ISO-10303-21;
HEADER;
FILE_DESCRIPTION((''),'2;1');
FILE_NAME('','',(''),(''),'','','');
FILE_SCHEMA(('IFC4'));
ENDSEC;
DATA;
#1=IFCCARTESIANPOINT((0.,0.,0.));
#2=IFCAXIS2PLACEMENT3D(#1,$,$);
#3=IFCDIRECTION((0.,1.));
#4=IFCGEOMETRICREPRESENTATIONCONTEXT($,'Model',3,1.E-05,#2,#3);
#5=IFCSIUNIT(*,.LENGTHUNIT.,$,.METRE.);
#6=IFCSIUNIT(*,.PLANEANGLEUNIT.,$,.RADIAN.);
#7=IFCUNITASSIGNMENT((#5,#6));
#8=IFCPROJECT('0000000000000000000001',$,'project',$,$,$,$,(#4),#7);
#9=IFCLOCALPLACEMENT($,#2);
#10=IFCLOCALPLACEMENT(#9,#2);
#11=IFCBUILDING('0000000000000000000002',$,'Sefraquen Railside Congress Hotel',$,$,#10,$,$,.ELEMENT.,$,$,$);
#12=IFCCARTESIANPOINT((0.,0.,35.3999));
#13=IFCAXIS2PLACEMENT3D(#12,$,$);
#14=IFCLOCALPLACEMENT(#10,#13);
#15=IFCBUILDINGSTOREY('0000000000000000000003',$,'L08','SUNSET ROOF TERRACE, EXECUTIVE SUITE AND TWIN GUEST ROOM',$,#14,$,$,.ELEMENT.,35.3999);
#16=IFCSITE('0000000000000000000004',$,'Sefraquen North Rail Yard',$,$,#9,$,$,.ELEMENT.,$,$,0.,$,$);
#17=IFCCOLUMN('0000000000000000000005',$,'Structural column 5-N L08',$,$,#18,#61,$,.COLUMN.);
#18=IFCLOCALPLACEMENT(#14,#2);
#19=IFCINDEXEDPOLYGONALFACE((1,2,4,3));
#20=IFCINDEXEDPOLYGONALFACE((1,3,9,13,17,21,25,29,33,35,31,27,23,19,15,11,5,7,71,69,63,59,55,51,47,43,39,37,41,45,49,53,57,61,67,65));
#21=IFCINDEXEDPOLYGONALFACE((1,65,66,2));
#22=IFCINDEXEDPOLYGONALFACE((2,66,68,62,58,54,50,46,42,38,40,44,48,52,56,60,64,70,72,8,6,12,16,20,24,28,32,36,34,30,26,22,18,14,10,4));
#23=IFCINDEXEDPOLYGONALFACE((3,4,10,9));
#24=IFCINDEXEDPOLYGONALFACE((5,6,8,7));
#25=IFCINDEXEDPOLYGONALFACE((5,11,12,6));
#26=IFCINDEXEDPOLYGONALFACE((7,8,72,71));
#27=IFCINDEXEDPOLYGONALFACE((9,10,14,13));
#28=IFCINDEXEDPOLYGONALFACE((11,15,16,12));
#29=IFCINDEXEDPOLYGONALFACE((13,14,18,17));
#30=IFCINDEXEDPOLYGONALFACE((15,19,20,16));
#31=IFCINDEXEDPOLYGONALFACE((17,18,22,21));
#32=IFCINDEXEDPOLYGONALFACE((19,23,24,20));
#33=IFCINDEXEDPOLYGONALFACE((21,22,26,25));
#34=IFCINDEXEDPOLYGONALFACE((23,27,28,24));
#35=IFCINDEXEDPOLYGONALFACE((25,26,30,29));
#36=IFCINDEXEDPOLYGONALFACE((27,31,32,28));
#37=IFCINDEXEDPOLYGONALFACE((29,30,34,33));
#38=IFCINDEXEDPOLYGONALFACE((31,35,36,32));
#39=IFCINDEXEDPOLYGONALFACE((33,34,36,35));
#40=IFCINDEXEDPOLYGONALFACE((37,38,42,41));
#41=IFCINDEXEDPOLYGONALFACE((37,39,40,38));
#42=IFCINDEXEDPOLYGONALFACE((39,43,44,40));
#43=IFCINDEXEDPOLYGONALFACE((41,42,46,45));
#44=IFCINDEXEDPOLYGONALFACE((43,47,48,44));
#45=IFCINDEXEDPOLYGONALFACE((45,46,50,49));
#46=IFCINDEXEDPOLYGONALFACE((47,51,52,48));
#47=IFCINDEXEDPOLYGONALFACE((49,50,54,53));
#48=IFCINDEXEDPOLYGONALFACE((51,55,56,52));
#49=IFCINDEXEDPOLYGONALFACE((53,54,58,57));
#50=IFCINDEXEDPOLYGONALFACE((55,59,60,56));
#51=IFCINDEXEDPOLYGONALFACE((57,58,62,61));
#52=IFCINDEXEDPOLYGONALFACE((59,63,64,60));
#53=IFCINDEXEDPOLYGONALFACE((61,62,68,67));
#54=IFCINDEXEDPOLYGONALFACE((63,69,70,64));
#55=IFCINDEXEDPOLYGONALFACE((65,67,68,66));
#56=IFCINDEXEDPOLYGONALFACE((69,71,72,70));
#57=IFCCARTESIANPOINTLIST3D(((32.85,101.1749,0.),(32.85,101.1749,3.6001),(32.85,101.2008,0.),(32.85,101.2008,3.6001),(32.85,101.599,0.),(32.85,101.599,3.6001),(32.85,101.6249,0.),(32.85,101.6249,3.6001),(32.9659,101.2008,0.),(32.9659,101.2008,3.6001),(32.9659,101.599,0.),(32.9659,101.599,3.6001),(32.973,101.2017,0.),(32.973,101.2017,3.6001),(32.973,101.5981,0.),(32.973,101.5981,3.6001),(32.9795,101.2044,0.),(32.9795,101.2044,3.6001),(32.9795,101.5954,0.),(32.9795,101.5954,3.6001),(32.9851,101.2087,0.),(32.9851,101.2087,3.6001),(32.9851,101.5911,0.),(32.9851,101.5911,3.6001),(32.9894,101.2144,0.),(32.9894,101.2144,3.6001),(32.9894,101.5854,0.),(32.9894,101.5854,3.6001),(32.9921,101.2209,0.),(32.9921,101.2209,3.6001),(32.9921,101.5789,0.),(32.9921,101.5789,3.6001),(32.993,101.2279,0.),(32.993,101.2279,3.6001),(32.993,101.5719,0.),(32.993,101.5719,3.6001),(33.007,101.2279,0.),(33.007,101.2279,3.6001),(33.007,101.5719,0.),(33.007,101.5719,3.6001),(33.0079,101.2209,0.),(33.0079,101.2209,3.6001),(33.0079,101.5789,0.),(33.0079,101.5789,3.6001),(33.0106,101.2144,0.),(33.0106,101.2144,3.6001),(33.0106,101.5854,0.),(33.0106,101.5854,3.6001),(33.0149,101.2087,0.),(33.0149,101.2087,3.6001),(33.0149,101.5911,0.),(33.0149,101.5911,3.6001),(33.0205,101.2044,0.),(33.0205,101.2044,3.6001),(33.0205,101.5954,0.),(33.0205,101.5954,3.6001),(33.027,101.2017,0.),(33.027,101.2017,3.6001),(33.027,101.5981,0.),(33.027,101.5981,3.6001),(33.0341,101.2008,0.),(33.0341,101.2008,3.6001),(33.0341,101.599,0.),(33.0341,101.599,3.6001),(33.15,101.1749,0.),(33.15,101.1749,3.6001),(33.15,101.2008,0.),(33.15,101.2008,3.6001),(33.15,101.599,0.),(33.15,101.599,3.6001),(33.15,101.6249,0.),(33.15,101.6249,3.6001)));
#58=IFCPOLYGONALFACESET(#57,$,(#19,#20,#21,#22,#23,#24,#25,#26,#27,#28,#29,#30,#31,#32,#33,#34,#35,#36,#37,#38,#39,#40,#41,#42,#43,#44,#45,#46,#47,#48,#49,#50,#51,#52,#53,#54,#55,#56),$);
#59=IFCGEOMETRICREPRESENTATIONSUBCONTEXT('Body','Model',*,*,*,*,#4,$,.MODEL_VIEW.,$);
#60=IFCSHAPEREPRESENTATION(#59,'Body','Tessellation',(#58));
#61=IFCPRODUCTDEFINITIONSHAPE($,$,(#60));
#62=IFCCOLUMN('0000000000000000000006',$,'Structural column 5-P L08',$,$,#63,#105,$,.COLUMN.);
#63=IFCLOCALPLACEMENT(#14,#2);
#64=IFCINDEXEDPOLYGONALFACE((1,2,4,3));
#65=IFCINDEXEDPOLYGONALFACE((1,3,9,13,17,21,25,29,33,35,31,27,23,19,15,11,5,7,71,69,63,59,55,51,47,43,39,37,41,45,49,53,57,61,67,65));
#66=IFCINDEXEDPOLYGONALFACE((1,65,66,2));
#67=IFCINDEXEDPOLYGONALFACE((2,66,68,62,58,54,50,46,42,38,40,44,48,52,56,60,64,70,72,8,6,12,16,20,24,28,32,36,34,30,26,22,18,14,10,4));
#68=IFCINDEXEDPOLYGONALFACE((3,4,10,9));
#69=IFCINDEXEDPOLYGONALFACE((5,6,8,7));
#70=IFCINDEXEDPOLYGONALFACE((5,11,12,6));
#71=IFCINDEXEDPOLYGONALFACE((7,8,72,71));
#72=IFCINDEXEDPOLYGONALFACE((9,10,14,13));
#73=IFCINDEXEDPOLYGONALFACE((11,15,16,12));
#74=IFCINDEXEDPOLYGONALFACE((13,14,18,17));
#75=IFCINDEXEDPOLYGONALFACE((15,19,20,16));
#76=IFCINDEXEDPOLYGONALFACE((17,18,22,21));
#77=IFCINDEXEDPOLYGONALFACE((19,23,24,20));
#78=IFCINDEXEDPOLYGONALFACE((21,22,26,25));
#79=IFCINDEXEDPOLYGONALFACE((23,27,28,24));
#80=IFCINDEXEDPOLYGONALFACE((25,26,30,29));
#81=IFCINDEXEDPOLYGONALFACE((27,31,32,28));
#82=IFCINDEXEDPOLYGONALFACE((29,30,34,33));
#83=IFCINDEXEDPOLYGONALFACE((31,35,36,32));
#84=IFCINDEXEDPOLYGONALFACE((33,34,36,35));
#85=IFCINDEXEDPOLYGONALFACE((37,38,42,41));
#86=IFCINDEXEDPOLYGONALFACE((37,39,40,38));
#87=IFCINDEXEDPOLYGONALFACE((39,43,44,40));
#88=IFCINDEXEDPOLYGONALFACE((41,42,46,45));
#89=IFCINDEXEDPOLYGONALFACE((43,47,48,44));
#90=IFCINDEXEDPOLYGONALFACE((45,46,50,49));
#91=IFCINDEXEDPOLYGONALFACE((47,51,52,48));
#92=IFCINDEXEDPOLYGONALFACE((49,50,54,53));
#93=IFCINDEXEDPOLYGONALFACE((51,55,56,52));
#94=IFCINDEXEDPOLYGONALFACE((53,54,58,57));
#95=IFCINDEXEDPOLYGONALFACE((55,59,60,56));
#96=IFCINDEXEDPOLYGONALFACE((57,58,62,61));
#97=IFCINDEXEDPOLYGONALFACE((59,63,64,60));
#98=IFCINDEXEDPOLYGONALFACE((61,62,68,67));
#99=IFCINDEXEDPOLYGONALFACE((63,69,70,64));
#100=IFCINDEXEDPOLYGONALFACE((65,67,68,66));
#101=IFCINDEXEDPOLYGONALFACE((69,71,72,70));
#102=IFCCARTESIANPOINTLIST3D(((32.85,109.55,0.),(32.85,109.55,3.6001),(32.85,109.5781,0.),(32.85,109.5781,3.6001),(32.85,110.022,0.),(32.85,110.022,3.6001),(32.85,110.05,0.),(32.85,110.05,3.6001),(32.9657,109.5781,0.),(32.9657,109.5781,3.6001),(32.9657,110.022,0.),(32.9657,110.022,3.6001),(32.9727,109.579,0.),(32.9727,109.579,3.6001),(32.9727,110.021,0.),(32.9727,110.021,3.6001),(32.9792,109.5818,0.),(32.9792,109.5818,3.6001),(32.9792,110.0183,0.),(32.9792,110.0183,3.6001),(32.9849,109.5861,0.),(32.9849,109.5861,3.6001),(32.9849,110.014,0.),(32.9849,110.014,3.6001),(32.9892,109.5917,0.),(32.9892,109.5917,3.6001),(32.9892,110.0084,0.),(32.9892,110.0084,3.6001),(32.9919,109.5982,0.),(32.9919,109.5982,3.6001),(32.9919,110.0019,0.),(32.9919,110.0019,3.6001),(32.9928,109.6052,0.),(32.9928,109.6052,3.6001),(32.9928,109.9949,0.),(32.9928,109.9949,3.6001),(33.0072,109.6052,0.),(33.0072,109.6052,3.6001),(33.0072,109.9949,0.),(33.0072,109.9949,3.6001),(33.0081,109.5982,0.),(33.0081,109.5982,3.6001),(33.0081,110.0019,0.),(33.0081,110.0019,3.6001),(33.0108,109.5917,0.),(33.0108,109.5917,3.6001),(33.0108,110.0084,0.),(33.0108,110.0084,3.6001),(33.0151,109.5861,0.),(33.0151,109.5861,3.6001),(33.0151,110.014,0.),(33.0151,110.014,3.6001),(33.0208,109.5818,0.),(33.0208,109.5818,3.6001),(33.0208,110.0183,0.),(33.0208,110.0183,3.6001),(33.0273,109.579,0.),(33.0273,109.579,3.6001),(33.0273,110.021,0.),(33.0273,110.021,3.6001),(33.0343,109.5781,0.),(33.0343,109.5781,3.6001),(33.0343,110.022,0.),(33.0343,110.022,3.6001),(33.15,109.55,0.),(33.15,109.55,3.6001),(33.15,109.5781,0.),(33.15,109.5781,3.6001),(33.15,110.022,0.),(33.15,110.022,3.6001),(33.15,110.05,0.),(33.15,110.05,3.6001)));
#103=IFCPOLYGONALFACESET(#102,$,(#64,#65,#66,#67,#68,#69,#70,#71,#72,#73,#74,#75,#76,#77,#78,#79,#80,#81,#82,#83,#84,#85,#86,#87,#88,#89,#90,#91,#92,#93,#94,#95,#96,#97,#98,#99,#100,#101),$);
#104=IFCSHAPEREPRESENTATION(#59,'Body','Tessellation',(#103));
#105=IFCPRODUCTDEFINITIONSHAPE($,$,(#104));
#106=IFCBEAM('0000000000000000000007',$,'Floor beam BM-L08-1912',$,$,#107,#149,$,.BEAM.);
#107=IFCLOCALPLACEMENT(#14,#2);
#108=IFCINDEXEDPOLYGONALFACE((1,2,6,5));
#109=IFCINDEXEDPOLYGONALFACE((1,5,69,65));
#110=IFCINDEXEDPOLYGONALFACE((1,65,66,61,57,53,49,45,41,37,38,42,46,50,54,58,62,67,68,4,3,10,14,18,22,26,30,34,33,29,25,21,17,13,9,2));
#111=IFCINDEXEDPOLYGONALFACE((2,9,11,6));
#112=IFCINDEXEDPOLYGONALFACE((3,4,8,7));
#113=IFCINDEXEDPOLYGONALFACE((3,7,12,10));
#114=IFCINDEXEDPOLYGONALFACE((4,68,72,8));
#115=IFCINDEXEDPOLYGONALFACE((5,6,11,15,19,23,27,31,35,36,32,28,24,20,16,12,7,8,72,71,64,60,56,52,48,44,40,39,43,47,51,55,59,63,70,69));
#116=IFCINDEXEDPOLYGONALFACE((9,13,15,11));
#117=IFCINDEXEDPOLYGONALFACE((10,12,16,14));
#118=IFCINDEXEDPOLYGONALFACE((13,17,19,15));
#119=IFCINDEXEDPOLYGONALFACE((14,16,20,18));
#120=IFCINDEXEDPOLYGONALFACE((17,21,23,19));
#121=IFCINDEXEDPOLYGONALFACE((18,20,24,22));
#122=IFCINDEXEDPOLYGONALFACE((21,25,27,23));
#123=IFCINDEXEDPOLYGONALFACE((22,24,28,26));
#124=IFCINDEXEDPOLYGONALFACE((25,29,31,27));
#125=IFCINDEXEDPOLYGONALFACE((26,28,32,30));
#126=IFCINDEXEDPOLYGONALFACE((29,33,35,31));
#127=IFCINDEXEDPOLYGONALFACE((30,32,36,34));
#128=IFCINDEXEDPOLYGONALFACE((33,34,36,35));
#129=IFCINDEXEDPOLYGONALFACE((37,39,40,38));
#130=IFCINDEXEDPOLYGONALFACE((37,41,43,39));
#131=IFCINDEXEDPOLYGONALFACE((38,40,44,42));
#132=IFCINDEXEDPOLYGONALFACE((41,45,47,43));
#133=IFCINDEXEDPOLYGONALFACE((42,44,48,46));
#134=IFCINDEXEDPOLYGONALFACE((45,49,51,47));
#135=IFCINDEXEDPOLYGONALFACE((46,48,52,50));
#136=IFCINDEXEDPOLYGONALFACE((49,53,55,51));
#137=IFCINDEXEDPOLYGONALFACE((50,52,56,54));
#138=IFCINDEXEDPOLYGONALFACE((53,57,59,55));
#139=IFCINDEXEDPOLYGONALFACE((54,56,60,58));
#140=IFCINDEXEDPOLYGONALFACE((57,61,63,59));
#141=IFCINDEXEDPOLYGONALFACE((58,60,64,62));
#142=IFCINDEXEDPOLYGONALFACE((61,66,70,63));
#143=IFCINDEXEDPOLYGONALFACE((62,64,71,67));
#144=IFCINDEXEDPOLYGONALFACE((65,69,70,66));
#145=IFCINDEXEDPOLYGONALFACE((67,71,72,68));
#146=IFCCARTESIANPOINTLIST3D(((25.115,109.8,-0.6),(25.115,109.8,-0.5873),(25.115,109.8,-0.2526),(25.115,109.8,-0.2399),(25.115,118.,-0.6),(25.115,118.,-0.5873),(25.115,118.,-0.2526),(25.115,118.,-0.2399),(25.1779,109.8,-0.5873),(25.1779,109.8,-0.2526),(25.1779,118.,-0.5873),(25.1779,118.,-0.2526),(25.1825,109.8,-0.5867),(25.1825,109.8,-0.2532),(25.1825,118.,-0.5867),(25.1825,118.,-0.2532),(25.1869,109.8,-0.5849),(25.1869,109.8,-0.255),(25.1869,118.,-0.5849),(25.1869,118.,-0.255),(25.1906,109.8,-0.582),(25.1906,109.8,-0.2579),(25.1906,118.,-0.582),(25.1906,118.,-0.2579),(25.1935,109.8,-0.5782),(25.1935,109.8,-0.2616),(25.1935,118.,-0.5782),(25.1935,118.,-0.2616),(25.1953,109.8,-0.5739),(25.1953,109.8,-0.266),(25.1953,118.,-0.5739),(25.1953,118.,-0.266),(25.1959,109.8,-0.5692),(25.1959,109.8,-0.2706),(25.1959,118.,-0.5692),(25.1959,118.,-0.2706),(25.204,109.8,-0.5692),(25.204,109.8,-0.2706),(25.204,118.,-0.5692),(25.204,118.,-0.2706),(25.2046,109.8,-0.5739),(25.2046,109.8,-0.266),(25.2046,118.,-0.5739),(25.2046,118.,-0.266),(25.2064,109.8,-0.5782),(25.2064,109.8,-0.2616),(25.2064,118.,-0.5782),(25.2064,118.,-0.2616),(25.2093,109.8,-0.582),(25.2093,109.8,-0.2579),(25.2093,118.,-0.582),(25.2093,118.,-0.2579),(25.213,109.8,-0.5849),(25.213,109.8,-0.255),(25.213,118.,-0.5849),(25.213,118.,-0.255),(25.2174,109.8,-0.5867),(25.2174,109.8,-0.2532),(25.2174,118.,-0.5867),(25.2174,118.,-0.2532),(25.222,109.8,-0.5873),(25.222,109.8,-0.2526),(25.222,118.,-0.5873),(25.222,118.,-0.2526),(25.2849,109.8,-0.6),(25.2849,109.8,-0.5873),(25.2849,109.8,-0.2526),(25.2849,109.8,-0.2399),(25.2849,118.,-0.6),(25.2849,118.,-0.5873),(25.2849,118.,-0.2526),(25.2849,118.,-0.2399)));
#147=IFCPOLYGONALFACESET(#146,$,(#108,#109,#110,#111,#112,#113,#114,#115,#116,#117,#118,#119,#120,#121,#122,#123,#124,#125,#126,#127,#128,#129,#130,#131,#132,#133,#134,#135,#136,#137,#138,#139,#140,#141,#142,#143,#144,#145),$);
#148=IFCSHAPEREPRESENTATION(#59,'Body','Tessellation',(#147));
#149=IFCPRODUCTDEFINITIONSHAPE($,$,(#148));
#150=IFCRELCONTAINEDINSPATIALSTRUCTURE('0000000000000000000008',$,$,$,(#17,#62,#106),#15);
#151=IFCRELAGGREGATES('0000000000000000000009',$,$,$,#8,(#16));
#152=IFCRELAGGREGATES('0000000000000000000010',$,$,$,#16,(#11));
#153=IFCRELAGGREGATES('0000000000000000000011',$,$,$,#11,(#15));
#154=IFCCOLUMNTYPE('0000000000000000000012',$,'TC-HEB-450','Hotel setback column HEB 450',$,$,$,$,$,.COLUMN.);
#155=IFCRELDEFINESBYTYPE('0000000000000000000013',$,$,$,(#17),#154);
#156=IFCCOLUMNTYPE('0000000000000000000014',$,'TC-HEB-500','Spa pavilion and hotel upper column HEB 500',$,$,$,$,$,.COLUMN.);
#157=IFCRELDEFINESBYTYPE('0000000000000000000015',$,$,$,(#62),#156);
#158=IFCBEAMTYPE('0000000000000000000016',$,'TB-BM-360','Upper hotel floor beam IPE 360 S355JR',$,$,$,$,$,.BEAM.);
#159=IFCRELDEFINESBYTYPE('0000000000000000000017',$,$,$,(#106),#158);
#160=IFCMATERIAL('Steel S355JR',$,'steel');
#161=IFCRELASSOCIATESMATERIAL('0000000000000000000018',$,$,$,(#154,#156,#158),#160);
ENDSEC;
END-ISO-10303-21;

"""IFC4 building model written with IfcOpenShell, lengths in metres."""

from ifc_helpers import new_model, si_unit, direction, frame, origin, origin_2d, place, context, subcontext, project, spatial, i_section, extrude, material, material_profile, profile_set, type_object, element, save


model = new_model("IFC4")

# Units and contexts
model_context = context("Model", 3, precision=1e-05, world=origin(), true_north=direction((0.0, 1.0)))
body_context = subcontext(model_context, "Body", "Model", "MODEL_VIEW")
ifc_project = project(units=[si_unit("LENGTHUNIT", "METRE"), si_unit("PLANEANGLEUNIT", "RADIAN")], contexts=[model_context])

# Site, building, storey
site_placement = place(None, origin())
site = spatial("IfcSite", under=ifc_project, at=site_placement, Name="Sefraquen North Rail Yard", CompositionType="ELEMENT", RefElevation=0.0)
building_placement = place(site_placement, origin())
building = spatial("IfcBuilding", under=site, at=building_placement, Name="Sefraquen Railside Congress Hotel", CompositionType="ELEMENT")
storey_placement = place(building_placement, frame((0.0, 0.0, 35.3999)))
storey = spatial("IfcBuildingStorey", under=building, at=storey_placement, Name="L08", Description="SUNSET ROOF TERRACE, EXECUTIVE SUITE AND TWIN GUEST ROOM", CompositionType="ELEMENT", Elevation=35.3999)

# Columns
ifc_material_1 = material(Name="Steel S355JR", Category="steel")
ifc_material_profile_1 = material_profile(ifc_material_1, i_section(OverallWidth=0.3, OverallDepth=0.45, WebThickness=0.0139, FlangeThickness=0.0259, FilletRadius=0.0271, at=origin_2d()), Name="HEB 450")
ifc_profile_set_1 = profile_set([ifc_material_profile_1], Name="Steel S355JR")
column_type_1 = type_object("IfcColumnType", Name="TC-HEB-450", Description="Hotel setback column HEB 450", PredefinedType="COLUMN", material=ifc_profile_set_1)
column_1_placement = place(storey_placement, frame((33.0, 101.3999, 0.0), z_axis=(0.0, 0.0, 1.0), x_axis=(1.0, 0.0, 0.0)))
element("IfcColumn", 1, at=column_1_placement, inside=storey, type_object=column_type_1, Name="Structural column 5-N L08", PredefinedType="COLUMN", context=body_context, shape_type="SweptSolid", body=[
    extrude(i_section(OverallWidth=0.3, OverallDepth=0.45, WebThickness=0.0139, FlangeThickness=0.0259, FilletRadius=0.0271, at=origin_2d()), origin(), (0.0, 0.0, 1.0), 3.6001),
])
ifc_material_profile_2 = material_profile(ifc_material_1, i_section(OverallWidth=0.3, OverallDepth=0.5, WebThickness=0.0144, FlangeThickness=0.0281, FilletRadius=0.0271, at=origin_2d()), Name="HEB 500")
ifc_profile_set_2 = profile_set([ifc_material_profile_2], Name="Steel S355JR")
column_type_2 = type_object("IfcColumnType", Name="TC-HEB-500", Description="Spa pavilion and hotel upper column HEB 500", PredefinedType="COLUMN", material=ifc_profile_set_2)
column_2_placement = place(storey_placement, frame((33.0, 109.8, 0.0), z_axis=(0.0, 0.0, 1.0), x_axis=(1.0, 0.0, 0.0)))
element("IfcColumn", 2, at=column_2_placement, inside=storey, type_object=column_type_2, Name="Structural column 5-P L08", PredefinedType="COLUMN", context=body_context, shape_type="SweptSolid", body=[
    extrude(i_section(OverallWidth=0.3, OverallDepth=0.5, WebThickness=0.0144, FlangeThickness=0.0281, FilletRadius=0.0271, at=origin_2d()), origin(), (0.0, 0.0, 1.0), 3.6001),
])

# Beam
ifc_material_profile_3 = material_profile(ifc_material_1, i_section(OverallWidth=0.1699, OverallDepth=0.3601, WebThickness=0.0081, FlangeThickness=0.0127, FilletRadius=0.0181, at=origin_2d()), Name="IPE 360")
ifc_profile_set_3 = profile_set([ifc_material_profile_3], Name="Steel S355JR")
beam_type_1 = type_object("IfcBeamType", Name="TB-BM-360", Description="Upper hotel floor beam IPE 360 S355JR", PredefinedType="BEAM", material=ifc_profile_set_3)
beam_placement = place(storey_placement, frame((25.2, 109.8, -0.4199), z_axis=(0.0, 1.0, 0.0), x_axis=(-1.0, 0.0, 0.0)))
element("IfcBeam", 3, at=beam_placement, inside=storey, type_object=beam_type_1, Name="Floor beam BM-L08-1912", PredefinedType="BEAM", context=body_context, shape_type="SweptSolid", body=[
    extrude(i_section(OverallWidth=0.1699, OverallDepth=0.3601, WebThickness=0.0081, FlangeThickness=0.0127, FilletRadius=0.0181, at=origin_2d()), origin(), (0.0, 0.0, 1.0), 8.2),
])

save(model, "model.ifc")
